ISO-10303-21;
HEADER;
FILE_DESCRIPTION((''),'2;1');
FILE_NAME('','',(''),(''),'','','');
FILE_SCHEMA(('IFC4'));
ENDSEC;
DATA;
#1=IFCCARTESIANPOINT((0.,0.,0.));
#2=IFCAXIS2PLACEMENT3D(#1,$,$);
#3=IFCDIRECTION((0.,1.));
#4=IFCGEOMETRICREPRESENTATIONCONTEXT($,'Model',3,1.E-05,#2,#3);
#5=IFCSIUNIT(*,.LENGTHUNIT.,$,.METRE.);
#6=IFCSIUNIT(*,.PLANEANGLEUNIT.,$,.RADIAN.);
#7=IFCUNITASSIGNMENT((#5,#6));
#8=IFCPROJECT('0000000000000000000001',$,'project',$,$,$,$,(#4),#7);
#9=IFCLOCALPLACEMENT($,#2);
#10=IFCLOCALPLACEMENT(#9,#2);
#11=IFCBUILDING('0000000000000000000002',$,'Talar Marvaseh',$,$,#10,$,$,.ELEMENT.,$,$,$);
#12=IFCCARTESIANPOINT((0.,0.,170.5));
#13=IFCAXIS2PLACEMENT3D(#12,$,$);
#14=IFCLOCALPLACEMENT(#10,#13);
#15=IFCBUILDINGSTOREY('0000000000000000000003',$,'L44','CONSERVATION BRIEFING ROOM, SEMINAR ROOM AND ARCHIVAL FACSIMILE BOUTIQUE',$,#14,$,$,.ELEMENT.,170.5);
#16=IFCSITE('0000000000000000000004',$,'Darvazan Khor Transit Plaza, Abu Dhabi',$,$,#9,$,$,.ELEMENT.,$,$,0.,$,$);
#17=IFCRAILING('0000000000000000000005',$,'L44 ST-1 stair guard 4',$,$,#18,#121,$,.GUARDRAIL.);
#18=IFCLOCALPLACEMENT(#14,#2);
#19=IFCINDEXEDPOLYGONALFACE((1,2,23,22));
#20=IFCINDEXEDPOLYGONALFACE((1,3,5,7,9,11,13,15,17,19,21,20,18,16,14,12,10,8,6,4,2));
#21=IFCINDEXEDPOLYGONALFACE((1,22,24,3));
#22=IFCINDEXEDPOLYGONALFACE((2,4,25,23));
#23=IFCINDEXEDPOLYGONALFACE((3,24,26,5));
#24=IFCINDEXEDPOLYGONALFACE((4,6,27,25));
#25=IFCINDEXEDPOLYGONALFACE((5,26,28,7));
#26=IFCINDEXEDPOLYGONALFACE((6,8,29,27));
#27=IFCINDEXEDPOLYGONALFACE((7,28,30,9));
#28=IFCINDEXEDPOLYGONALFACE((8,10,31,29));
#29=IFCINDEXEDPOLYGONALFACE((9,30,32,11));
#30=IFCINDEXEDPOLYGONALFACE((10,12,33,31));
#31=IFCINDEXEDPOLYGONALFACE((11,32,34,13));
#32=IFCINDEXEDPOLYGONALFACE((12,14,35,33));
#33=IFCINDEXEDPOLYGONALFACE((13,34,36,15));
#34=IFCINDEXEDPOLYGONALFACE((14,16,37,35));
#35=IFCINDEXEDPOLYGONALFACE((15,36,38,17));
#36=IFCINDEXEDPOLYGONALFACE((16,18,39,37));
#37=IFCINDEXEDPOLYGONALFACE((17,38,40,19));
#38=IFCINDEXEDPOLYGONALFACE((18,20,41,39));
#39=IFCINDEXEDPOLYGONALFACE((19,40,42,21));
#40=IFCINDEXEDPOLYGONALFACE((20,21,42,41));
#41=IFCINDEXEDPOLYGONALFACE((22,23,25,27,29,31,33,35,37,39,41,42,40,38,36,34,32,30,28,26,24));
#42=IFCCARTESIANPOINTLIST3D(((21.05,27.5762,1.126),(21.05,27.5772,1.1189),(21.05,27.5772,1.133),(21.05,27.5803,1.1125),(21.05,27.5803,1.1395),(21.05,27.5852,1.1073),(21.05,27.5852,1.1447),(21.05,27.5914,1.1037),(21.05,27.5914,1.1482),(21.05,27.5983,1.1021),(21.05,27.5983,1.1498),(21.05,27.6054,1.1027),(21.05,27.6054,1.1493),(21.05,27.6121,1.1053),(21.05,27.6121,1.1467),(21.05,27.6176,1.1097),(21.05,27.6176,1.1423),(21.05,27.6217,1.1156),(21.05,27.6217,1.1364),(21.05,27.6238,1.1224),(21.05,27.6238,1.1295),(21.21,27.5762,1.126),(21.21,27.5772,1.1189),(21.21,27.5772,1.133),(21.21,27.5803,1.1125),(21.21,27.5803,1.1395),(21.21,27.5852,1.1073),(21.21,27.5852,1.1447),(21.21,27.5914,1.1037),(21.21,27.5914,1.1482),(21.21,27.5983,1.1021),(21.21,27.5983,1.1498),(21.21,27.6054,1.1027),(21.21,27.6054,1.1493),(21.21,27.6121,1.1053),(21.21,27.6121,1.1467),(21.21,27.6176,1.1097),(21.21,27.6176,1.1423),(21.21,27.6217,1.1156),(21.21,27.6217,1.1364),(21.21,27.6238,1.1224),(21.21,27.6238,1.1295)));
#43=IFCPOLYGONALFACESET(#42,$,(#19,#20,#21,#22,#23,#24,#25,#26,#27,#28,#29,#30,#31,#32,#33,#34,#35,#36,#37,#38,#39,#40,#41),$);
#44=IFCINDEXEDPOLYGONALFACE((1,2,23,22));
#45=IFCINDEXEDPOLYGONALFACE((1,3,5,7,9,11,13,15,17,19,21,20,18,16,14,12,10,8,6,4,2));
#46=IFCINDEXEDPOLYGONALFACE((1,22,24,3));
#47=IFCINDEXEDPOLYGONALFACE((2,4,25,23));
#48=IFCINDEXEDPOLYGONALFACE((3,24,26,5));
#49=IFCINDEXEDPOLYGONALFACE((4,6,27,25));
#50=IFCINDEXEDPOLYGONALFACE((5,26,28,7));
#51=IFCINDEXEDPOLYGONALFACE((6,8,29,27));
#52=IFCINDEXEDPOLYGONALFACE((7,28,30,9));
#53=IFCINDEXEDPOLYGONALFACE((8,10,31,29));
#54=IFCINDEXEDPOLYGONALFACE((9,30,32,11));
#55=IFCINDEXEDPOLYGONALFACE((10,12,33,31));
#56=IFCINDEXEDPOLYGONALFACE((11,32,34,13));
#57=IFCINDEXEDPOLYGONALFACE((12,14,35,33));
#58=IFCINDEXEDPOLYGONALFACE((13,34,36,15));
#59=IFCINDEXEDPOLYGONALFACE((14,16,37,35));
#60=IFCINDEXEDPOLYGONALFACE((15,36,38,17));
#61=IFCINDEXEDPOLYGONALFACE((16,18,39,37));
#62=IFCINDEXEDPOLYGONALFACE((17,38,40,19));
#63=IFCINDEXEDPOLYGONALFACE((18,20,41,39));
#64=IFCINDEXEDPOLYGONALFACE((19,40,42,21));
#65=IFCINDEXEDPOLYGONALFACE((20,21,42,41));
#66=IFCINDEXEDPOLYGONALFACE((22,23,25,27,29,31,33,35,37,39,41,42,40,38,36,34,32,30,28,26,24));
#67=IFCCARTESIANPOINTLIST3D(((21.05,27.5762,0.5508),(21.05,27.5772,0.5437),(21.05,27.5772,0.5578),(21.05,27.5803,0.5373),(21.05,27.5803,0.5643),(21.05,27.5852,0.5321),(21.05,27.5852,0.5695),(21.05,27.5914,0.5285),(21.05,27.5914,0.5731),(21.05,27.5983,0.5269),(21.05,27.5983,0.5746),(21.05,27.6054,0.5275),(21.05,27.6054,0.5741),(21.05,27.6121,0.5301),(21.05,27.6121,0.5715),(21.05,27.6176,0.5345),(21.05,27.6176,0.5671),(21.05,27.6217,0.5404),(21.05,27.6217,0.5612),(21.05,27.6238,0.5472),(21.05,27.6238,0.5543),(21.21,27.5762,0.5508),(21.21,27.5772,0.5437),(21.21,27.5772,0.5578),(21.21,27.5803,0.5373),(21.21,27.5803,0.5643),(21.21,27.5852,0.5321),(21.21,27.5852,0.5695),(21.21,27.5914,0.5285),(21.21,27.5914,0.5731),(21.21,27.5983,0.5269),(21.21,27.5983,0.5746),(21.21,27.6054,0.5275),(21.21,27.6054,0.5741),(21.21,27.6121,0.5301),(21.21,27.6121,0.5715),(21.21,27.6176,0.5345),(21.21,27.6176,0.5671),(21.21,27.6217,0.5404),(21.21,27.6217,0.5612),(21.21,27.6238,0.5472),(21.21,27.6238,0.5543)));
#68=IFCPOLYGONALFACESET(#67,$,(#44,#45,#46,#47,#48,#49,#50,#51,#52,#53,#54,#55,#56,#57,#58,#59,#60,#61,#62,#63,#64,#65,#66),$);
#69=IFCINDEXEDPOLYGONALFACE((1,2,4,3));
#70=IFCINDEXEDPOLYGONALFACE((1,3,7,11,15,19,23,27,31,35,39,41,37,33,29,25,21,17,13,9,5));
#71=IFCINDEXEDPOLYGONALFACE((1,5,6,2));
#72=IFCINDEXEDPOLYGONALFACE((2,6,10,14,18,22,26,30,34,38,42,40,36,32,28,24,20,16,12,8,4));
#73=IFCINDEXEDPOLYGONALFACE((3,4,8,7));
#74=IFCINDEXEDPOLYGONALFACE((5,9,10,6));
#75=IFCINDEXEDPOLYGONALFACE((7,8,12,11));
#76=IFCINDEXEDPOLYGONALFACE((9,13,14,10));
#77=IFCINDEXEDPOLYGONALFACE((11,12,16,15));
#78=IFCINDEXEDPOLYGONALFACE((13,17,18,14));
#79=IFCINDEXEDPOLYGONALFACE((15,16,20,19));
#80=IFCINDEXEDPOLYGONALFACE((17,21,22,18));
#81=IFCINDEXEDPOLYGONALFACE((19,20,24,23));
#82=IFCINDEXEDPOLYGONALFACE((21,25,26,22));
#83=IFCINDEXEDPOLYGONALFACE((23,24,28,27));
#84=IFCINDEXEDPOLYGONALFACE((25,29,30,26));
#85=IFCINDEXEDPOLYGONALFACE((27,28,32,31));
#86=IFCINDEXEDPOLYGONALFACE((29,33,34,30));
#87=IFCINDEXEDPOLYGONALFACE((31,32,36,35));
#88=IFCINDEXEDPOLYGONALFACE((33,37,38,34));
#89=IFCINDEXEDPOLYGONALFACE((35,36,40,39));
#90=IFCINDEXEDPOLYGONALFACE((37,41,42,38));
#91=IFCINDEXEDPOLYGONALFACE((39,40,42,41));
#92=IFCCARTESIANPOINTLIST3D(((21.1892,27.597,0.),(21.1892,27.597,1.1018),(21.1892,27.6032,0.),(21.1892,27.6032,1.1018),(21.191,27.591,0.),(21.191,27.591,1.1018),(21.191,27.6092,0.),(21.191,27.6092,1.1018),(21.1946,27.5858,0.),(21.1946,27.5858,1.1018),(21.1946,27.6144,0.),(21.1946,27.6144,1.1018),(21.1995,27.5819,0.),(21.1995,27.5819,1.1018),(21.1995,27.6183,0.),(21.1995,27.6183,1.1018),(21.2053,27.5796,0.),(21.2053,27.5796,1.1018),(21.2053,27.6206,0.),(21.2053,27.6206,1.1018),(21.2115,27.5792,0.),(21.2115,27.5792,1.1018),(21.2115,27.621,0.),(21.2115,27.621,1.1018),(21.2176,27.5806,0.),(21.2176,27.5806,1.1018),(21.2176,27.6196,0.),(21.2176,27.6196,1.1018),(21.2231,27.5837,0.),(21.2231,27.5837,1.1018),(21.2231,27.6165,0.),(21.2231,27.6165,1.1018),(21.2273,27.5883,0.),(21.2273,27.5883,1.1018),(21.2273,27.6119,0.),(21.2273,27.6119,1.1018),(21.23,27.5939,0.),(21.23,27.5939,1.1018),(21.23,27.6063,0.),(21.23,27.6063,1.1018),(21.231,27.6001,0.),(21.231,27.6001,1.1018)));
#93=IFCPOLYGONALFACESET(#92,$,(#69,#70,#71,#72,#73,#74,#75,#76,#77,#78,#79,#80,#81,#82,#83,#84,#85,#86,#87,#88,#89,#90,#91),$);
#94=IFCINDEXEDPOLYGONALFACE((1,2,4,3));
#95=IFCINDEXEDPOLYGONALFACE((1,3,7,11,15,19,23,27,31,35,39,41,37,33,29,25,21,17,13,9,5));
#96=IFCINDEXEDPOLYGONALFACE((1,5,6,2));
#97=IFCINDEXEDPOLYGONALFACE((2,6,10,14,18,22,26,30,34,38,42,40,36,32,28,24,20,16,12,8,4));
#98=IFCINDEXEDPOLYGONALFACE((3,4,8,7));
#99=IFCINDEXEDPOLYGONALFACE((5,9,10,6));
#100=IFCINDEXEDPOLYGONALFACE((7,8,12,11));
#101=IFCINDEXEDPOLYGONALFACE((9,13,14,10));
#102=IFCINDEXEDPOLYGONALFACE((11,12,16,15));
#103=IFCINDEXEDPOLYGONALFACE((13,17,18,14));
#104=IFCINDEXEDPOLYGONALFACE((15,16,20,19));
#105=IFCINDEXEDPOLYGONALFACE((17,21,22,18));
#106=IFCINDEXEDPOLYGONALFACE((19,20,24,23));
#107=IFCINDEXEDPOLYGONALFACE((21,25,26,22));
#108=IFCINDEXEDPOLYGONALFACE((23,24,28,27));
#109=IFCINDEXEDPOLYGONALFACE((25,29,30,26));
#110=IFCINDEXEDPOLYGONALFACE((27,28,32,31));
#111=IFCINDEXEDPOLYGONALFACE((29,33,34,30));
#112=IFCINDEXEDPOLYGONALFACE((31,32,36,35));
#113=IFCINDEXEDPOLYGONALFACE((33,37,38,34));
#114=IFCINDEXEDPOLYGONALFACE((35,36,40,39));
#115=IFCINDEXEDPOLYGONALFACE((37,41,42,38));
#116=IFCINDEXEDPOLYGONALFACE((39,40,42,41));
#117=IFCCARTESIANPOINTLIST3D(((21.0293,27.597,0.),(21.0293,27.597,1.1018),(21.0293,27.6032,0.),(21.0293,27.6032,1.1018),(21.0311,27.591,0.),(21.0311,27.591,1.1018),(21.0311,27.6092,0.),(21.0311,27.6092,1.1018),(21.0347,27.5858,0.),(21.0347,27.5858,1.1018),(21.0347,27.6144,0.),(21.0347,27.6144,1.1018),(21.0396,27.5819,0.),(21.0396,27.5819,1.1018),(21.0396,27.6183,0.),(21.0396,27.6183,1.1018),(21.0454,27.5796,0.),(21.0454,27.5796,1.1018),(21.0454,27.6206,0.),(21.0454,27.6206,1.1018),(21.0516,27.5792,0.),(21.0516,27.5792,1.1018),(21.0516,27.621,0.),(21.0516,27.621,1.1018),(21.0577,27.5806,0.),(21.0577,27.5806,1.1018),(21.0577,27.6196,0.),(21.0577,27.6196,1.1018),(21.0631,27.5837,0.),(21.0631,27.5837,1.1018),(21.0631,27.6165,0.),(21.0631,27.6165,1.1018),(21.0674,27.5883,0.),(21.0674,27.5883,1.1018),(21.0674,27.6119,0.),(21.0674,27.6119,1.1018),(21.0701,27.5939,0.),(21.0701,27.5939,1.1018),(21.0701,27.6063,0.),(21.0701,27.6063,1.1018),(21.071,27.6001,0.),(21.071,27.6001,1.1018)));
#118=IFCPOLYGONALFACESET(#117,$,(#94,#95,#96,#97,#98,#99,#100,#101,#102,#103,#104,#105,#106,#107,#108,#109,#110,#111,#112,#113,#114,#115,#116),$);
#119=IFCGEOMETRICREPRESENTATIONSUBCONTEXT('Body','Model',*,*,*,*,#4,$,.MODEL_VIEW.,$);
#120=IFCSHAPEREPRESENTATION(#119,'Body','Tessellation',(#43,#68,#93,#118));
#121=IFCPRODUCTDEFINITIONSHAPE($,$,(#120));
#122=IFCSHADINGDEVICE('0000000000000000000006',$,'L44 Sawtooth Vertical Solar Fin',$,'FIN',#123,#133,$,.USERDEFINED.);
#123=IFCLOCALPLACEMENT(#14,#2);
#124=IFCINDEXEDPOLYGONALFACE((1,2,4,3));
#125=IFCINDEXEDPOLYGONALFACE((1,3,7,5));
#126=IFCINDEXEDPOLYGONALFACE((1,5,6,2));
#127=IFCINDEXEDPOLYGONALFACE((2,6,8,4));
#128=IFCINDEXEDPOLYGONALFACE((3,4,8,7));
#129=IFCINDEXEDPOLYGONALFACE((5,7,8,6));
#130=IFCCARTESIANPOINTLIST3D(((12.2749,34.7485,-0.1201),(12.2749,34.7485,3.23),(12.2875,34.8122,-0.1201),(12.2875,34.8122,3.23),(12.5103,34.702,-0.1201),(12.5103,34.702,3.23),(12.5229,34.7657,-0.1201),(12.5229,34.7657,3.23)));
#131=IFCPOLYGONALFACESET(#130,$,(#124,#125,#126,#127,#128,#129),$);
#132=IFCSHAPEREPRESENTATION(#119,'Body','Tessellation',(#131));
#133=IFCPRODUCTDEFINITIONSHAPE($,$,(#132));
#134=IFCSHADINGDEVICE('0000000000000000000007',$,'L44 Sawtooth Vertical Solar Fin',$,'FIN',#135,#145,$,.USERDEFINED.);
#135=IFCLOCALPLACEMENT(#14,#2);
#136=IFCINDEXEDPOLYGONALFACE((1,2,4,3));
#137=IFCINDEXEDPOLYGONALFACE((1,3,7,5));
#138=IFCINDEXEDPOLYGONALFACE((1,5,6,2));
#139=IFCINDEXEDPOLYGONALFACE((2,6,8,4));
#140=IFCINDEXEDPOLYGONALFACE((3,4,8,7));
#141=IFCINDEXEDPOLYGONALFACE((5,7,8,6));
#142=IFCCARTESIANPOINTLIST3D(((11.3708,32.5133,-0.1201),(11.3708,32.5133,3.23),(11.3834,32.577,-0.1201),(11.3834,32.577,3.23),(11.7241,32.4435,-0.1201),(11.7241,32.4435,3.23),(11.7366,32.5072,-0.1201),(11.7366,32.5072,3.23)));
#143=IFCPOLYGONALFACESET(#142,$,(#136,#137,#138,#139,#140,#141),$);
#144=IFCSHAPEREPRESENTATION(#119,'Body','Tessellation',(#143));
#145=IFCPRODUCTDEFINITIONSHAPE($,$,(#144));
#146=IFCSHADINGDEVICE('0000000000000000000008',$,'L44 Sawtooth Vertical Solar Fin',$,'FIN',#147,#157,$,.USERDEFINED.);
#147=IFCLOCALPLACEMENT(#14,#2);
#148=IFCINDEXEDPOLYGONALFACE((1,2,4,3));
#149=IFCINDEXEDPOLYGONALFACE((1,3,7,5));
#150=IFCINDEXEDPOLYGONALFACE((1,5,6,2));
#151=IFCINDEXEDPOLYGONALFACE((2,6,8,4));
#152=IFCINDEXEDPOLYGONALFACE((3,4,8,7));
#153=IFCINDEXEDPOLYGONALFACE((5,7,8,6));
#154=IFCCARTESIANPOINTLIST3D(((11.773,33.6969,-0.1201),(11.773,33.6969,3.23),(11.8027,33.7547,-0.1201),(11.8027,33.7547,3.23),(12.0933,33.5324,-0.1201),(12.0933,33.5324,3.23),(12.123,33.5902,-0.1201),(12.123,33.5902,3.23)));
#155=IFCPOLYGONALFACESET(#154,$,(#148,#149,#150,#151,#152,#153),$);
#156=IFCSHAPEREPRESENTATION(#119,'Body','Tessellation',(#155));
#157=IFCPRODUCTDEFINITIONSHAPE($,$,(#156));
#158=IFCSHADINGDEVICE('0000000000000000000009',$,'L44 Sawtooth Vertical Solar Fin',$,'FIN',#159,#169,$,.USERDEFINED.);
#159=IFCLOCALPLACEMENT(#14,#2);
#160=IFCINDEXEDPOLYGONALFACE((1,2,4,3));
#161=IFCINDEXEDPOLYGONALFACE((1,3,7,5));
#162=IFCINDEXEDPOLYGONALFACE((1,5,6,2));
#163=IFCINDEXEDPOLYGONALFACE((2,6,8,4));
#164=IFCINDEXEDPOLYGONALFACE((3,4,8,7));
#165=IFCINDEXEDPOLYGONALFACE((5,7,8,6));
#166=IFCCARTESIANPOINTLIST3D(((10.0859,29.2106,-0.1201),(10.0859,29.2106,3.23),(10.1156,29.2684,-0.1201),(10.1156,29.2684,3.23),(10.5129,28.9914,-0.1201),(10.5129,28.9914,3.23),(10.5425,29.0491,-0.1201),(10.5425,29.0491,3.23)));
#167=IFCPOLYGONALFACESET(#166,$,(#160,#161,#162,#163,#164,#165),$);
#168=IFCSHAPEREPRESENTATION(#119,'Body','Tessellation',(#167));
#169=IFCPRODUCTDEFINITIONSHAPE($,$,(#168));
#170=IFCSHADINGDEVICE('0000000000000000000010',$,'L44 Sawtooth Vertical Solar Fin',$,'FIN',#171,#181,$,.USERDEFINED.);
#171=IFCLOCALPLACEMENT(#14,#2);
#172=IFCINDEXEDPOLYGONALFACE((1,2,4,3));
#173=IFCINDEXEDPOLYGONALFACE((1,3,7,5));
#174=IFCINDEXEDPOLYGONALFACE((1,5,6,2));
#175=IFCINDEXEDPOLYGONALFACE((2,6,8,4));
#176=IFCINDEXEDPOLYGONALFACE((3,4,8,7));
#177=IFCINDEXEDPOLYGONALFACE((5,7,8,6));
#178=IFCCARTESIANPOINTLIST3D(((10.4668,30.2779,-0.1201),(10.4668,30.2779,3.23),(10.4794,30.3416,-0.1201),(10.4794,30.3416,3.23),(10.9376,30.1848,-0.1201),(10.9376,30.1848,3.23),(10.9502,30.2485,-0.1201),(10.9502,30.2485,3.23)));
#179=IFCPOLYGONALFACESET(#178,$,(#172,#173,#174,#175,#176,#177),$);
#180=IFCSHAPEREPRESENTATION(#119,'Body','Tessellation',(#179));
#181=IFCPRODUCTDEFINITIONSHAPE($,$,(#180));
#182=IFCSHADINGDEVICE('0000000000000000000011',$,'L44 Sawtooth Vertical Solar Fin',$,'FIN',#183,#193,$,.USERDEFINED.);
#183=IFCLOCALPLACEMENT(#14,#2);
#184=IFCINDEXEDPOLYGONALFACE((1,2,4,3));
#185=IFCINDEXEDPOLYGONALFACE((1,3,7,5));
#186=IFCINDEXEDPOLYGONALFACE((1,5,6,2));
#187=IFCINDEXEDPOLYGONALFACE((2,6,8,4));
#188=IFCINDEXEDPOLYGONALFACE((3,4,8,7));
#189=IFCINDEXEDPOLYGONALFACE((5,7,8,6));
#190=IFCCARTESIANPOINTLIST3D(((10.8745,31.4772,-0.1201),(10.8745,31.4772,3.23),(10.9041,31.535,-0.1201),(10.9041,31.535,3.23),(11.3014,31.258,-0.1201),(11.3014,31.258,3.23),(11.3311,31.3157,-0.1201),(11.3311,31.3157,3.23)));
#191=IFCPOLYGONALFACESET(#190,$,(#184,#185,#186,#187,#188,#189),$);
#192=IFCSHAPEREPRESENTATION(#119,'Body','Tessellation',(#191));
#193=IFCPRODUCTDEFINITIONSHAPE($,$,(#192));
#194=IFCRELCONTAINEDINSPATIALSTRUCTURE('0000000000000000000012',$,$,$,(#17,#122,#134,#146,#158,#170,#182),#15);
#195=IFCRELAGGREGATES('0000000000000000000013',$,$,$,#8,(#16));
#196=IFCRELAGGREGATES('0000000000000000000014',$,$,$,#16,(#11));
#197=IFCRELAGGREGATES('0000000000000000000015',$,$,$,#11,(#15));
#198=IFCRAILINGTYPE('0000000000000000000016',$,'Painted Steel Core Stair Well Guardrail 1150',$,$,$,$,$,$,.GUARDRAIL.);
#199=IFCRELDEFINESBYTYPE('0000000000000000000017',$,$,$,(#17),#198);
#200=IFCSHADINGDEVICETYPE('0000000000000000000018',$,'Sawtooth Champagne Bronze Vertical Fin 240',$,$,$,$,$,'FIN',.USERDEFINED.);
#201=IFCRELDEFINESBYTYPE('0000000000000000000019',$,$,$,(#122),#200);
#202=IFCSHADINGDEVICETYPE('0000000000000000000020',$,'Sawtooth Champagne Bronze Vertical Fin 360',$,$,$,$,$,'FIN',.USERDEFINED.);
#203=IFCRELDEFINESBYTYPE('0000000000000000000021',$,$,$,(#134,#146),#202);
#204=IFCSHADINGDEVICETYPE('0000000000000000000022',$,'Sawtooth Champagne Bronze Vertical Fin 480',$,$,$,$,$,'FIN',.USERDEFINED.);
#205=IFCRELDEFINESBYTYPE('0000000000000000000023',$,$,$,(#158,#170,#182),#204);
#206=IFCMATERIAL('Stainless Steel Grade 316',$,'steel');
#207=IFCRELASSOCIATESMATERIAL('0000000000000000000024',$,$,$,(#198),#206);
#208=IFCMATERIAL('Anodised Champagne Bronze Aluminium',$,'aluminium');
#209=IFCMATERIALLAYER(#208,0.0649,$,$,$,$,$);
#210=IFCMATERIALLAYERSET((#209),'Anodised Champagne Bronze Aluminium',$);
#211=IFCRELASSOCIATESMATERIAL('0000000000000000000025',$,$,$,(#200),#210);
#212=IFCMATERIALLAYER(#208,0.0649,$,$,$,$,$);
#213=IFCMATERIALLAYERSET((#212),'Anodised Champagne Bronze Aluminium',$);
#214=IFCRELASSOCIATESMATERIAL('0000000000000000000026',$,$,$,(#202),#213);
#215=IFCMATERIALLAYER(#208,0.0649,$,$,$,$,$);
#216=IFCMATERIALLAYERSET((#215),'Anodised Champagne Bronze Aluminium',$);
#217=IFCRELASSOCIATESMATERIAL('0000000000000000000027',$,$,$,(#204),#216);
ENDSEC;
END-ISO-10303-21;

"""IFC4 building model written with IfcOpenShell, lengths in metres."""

from ifc_helpers import new_model, si_unit, direction, frame, origin, origin_2d, place, context, subcontext, project, spatial, rectangle, circle, extrude, source, transform, mapped, material, layer, layer_set, type_object, type_shapes, element, save


model = new_model("IFC4")

# Units and contexts
model_context = context("Model", 3, precision=1e-05, world=origin(), true_north=direction((0.0, 1.0)))
body_context = subcontext(model_context, "Body", "Model", "MODEL_VIEW")
ifc_project = project(units=[si_unit("LENGTHUNIT", "METRE"), si_unit("PLANEANGLEUNIT", "RADIAN")], contexts=[model_context])

# Site, building, storey
site_placement = place(None, origin())
site = spatial("IfcSite", under=ifc_project, at=site_placement, Name="Darvazan Khor Transit Plaza, Abu Dhabi", CompositionType="ELEMENT", RefElevation=0.0)
building_placement = place(site_placement, origin())
building = spatial("IfcBuilding", under=site, at=building_placement, Name="Talar Marvaseh", CompositionType="ELEMENT")
storey_placement = place(building_placement, frame((0.0, 0.0, 170.5)))
storey = spatial("IfcBuildingStorey", under=building, at=storey_placement, Name="L44", Description="CONSERVATION BRIEFING ROOM, SEMINAR ROOM AND ARCHIVAL FACSIMILE BOUTIQUE", CompositionType="ELEMENT", Elevation=170.5)

# Railing
ifc_material_1 = material(Name="Stainless Steel Grade 316", Category="steel")
railing_type_1 = type_object("IfcRailingType", Name="Painted Steel Core Stair Well Guardrail 1150", PredefinedType="GUARDRAIL", material=ifc_material_1)
railing_1_placement = place(storey_placement, frame((21.21, 27.6001, 0.0)))
element("IfcRailing", 1, at=railing_1_placement, inside=storey, type_object=railing_type_1, Name="L44 ST-1 stair guard 4", PredefinedType="GUARDRAIL", context=body_context, shape_type="SweptSolid", body=[
    extrude(circle(Radius=0.0239, at=origin_2d()), frame((0.0, 0.0, 1.126), z_axis=(-1.0, 0.0, 0.0), x_axis=(0.0, -1.0, 0.0)), (0.0, 0.0, 1.0), 0.1599),
    extrude(circle(Radius=0.0239, at=origin_2d()), frame((0.0, 0.0, 0.5508), z_axis=(-1.0, 0.0, 0.0), x_axis=(0.0, -1.0, 0.0)), (0.0, 0.0, 1.0), 0.1599),
    extrude(circle(Radius=0.021, at=origin_2d()), origin(), (0.0, 0.0, 1.0), 1.1018),
    extrude(circle(Radius=0.021, at=origin_2d()), frame((-0.1599, 0.0, 0.0)), (0.0, 0.0, 1.0), 1.1018),
])

# Shading devices
ifc_material_2 = material(Name="Anodised Champagne Bronze Aluminium", Category="aluminium")
ifc_layer_1 = layer(ifc_material_2, 0.0649)
ifc_layer_set_1 = layer_set([ifc_layer_1], Name="Anodised Champagne Bronze Aluminium")
shading_device_type_1 = type_object("IfcShadingDeviceType", Name="Sawtooth Champagne Bronze Vertical Fin 240", ElementType="FIN", PredefinedType="USERDEFINED", material=ifc_layer_set_1)
shared_shape_1 = source(origin(), body_context, "Body", "SweptSolid", [
    extrude(rectangle(XDim=0.24, YDim=0.0649, at=origin_2d()), origin(), (0.0, 0.0, 1.0), 3.3501),
])
type_shapes(shading_device_type_1, [shared_shape_1])
shading_device_placement = place(storey_placement, frame((12.3989, 34.7571, -0.1201), z_axis=(0.0, 0.0, 1.0), x_axis=(-0.981023, 0.193892, 0.0)))
element("IfcShadingDevice", 2, at=shading_device_placement, inside=storey, type_object=shading_device_type_1, Name="L44 Sawtooth Vertical Solar Fin", ObjectType="FIN", PredefinedType="USERDEFINED", context=body_context, shape_type="MappedRepresentation", body=[
    mapped(shared_shape_1, transform((0.0, 0.0, 0.0), x_axis=(1.0, 0.0, 0.0), y_axis=(0.0, 1.0, 0.0), z_axis=(0.0, 0.0, 1.0), scale=1.0)),
])
ifc_layer_2 = layer(ifc_material_2, 0.0649)
ifc_layer_set_2 = layer_set([ifc_layer_2], Name="Anodised Champagne Bronze Aluminium")
shading_device_type_2 = type_object("IfcShadingDeviceType", Name="Sawtooth Champagne Bronze Vertical Fin 360", ElementType="FIN", PredefinedType="USERDEFINED", material=ifc_layer_set_2)
shared_shape_2 = source(origin(), body_context, "Body", "SweptSolid", [
    extrude(rectangle(XDim=0.3601, YDim=0.0649, at=origin_2d()), origin(), (0.0, 0.0, 1.0), 3.3501),
])
type_shapes(shading_device_type_2, [shared_shape_2])
for number, where, z_axis, x_axis, name in (
    (3, (11.5537, 32.5103, -0.1201), (0.0, 0.0, 1.0), (-0.981023, 0.193892, 0.0), "L44 Sawtooth Vertical Solar Fin"),
    (4, (11.948, 33.6436, -0.1201), (0.0, 0.0, 1.0), (-0.889576, 0.456787, 0.0), "L44 Sawtooth Vertical Solar Fin"),
):
    element("IfcShadingDevice", number, at=place(storey_placement, frame(where, z_axis=z_axis, x_axis=x_axis)), inside=storey, type_object=shading_device_type_2, Name=name, ObjectType="FIN", PredefinedType="USERDEFINED", context=body_context, shape_type="MappedRepresentation", body=[
        mapped(shared_shape_2, transform((0.0, 0.0, 0.0), x_axis=(1.0, 0.0, 0.0), y_axis=(0.0, 1.0, 0.0), z_axis=(0.0, 0.0, 1.0), scale=1.0)),
    ])
ifc_layer_3 = layer(ifc_material_2, 0.0649)
ifc_layer_set_3 = layer_set([ifc_layer_3], Name="Anodised Champagne Bronze Aluminium")
shading_device_type_3 = type_object("IfcShadingDeviceType", Name="Sawtooth Champagne Bronze Vertical Fin 480", ElementType="FIN", PredefinedType="USERDEFINED", material=ifc_layer_set_3)
shared_shape_3 = source(origin(), body_context, "Body", "SweptSolid", [
    extrude(rectangle(XDim=0.48, YDim=0.0649, at=origin_2d()), origin(), (0.0, 0.0, 1.0), 3.3501),
])
type_shapes(shading_device_type_3, [shared_shape_3])
for number, where, z_axis, x_axis, name in (
    (5, (10.3142, 29.1299, -0.1201), (0.0, 0.0, 1.0), (-0.889576, 0.456787, 0.0), "L44 Sawtooth Vertical Solar Fin"),
    (6, (10.7085, 30.2632, -0.1201), (0.0, 0.0, 1.0), (-0.981023, 0.193892, 0.0), "L44 Sawtooth Vertical Solar Fin"),
    (7, (11.1028, 31.3965, -0.1201), (0.0, 0.0, 1.0), (-0.889576, 0.456787, 0.0), "L44 Sawtooth Vertical Solar Fin"),
):
    element("IfcShadingDevice", number, at=place(storey_placement, frame(where, z_axis=z_axis, x_axis=x_axis)), inside=storey, type_object=shading_device_type_3, Name=name, ObjectType="FIN", PredefinedType="USERDEFINED", context=body_context, shape_type="MappedRepresentation", body=[
        mapped(shared_shape_3, transform((0.0, 0.0, 0.0), x_axis=(1.0, 0.0, 0.0), y_axis=(0.0, 1.0, 0.0), z_axis=(0.0, 0.0, 1.0), scale=1.0)),
    ])

save(model, "model.ifc")
